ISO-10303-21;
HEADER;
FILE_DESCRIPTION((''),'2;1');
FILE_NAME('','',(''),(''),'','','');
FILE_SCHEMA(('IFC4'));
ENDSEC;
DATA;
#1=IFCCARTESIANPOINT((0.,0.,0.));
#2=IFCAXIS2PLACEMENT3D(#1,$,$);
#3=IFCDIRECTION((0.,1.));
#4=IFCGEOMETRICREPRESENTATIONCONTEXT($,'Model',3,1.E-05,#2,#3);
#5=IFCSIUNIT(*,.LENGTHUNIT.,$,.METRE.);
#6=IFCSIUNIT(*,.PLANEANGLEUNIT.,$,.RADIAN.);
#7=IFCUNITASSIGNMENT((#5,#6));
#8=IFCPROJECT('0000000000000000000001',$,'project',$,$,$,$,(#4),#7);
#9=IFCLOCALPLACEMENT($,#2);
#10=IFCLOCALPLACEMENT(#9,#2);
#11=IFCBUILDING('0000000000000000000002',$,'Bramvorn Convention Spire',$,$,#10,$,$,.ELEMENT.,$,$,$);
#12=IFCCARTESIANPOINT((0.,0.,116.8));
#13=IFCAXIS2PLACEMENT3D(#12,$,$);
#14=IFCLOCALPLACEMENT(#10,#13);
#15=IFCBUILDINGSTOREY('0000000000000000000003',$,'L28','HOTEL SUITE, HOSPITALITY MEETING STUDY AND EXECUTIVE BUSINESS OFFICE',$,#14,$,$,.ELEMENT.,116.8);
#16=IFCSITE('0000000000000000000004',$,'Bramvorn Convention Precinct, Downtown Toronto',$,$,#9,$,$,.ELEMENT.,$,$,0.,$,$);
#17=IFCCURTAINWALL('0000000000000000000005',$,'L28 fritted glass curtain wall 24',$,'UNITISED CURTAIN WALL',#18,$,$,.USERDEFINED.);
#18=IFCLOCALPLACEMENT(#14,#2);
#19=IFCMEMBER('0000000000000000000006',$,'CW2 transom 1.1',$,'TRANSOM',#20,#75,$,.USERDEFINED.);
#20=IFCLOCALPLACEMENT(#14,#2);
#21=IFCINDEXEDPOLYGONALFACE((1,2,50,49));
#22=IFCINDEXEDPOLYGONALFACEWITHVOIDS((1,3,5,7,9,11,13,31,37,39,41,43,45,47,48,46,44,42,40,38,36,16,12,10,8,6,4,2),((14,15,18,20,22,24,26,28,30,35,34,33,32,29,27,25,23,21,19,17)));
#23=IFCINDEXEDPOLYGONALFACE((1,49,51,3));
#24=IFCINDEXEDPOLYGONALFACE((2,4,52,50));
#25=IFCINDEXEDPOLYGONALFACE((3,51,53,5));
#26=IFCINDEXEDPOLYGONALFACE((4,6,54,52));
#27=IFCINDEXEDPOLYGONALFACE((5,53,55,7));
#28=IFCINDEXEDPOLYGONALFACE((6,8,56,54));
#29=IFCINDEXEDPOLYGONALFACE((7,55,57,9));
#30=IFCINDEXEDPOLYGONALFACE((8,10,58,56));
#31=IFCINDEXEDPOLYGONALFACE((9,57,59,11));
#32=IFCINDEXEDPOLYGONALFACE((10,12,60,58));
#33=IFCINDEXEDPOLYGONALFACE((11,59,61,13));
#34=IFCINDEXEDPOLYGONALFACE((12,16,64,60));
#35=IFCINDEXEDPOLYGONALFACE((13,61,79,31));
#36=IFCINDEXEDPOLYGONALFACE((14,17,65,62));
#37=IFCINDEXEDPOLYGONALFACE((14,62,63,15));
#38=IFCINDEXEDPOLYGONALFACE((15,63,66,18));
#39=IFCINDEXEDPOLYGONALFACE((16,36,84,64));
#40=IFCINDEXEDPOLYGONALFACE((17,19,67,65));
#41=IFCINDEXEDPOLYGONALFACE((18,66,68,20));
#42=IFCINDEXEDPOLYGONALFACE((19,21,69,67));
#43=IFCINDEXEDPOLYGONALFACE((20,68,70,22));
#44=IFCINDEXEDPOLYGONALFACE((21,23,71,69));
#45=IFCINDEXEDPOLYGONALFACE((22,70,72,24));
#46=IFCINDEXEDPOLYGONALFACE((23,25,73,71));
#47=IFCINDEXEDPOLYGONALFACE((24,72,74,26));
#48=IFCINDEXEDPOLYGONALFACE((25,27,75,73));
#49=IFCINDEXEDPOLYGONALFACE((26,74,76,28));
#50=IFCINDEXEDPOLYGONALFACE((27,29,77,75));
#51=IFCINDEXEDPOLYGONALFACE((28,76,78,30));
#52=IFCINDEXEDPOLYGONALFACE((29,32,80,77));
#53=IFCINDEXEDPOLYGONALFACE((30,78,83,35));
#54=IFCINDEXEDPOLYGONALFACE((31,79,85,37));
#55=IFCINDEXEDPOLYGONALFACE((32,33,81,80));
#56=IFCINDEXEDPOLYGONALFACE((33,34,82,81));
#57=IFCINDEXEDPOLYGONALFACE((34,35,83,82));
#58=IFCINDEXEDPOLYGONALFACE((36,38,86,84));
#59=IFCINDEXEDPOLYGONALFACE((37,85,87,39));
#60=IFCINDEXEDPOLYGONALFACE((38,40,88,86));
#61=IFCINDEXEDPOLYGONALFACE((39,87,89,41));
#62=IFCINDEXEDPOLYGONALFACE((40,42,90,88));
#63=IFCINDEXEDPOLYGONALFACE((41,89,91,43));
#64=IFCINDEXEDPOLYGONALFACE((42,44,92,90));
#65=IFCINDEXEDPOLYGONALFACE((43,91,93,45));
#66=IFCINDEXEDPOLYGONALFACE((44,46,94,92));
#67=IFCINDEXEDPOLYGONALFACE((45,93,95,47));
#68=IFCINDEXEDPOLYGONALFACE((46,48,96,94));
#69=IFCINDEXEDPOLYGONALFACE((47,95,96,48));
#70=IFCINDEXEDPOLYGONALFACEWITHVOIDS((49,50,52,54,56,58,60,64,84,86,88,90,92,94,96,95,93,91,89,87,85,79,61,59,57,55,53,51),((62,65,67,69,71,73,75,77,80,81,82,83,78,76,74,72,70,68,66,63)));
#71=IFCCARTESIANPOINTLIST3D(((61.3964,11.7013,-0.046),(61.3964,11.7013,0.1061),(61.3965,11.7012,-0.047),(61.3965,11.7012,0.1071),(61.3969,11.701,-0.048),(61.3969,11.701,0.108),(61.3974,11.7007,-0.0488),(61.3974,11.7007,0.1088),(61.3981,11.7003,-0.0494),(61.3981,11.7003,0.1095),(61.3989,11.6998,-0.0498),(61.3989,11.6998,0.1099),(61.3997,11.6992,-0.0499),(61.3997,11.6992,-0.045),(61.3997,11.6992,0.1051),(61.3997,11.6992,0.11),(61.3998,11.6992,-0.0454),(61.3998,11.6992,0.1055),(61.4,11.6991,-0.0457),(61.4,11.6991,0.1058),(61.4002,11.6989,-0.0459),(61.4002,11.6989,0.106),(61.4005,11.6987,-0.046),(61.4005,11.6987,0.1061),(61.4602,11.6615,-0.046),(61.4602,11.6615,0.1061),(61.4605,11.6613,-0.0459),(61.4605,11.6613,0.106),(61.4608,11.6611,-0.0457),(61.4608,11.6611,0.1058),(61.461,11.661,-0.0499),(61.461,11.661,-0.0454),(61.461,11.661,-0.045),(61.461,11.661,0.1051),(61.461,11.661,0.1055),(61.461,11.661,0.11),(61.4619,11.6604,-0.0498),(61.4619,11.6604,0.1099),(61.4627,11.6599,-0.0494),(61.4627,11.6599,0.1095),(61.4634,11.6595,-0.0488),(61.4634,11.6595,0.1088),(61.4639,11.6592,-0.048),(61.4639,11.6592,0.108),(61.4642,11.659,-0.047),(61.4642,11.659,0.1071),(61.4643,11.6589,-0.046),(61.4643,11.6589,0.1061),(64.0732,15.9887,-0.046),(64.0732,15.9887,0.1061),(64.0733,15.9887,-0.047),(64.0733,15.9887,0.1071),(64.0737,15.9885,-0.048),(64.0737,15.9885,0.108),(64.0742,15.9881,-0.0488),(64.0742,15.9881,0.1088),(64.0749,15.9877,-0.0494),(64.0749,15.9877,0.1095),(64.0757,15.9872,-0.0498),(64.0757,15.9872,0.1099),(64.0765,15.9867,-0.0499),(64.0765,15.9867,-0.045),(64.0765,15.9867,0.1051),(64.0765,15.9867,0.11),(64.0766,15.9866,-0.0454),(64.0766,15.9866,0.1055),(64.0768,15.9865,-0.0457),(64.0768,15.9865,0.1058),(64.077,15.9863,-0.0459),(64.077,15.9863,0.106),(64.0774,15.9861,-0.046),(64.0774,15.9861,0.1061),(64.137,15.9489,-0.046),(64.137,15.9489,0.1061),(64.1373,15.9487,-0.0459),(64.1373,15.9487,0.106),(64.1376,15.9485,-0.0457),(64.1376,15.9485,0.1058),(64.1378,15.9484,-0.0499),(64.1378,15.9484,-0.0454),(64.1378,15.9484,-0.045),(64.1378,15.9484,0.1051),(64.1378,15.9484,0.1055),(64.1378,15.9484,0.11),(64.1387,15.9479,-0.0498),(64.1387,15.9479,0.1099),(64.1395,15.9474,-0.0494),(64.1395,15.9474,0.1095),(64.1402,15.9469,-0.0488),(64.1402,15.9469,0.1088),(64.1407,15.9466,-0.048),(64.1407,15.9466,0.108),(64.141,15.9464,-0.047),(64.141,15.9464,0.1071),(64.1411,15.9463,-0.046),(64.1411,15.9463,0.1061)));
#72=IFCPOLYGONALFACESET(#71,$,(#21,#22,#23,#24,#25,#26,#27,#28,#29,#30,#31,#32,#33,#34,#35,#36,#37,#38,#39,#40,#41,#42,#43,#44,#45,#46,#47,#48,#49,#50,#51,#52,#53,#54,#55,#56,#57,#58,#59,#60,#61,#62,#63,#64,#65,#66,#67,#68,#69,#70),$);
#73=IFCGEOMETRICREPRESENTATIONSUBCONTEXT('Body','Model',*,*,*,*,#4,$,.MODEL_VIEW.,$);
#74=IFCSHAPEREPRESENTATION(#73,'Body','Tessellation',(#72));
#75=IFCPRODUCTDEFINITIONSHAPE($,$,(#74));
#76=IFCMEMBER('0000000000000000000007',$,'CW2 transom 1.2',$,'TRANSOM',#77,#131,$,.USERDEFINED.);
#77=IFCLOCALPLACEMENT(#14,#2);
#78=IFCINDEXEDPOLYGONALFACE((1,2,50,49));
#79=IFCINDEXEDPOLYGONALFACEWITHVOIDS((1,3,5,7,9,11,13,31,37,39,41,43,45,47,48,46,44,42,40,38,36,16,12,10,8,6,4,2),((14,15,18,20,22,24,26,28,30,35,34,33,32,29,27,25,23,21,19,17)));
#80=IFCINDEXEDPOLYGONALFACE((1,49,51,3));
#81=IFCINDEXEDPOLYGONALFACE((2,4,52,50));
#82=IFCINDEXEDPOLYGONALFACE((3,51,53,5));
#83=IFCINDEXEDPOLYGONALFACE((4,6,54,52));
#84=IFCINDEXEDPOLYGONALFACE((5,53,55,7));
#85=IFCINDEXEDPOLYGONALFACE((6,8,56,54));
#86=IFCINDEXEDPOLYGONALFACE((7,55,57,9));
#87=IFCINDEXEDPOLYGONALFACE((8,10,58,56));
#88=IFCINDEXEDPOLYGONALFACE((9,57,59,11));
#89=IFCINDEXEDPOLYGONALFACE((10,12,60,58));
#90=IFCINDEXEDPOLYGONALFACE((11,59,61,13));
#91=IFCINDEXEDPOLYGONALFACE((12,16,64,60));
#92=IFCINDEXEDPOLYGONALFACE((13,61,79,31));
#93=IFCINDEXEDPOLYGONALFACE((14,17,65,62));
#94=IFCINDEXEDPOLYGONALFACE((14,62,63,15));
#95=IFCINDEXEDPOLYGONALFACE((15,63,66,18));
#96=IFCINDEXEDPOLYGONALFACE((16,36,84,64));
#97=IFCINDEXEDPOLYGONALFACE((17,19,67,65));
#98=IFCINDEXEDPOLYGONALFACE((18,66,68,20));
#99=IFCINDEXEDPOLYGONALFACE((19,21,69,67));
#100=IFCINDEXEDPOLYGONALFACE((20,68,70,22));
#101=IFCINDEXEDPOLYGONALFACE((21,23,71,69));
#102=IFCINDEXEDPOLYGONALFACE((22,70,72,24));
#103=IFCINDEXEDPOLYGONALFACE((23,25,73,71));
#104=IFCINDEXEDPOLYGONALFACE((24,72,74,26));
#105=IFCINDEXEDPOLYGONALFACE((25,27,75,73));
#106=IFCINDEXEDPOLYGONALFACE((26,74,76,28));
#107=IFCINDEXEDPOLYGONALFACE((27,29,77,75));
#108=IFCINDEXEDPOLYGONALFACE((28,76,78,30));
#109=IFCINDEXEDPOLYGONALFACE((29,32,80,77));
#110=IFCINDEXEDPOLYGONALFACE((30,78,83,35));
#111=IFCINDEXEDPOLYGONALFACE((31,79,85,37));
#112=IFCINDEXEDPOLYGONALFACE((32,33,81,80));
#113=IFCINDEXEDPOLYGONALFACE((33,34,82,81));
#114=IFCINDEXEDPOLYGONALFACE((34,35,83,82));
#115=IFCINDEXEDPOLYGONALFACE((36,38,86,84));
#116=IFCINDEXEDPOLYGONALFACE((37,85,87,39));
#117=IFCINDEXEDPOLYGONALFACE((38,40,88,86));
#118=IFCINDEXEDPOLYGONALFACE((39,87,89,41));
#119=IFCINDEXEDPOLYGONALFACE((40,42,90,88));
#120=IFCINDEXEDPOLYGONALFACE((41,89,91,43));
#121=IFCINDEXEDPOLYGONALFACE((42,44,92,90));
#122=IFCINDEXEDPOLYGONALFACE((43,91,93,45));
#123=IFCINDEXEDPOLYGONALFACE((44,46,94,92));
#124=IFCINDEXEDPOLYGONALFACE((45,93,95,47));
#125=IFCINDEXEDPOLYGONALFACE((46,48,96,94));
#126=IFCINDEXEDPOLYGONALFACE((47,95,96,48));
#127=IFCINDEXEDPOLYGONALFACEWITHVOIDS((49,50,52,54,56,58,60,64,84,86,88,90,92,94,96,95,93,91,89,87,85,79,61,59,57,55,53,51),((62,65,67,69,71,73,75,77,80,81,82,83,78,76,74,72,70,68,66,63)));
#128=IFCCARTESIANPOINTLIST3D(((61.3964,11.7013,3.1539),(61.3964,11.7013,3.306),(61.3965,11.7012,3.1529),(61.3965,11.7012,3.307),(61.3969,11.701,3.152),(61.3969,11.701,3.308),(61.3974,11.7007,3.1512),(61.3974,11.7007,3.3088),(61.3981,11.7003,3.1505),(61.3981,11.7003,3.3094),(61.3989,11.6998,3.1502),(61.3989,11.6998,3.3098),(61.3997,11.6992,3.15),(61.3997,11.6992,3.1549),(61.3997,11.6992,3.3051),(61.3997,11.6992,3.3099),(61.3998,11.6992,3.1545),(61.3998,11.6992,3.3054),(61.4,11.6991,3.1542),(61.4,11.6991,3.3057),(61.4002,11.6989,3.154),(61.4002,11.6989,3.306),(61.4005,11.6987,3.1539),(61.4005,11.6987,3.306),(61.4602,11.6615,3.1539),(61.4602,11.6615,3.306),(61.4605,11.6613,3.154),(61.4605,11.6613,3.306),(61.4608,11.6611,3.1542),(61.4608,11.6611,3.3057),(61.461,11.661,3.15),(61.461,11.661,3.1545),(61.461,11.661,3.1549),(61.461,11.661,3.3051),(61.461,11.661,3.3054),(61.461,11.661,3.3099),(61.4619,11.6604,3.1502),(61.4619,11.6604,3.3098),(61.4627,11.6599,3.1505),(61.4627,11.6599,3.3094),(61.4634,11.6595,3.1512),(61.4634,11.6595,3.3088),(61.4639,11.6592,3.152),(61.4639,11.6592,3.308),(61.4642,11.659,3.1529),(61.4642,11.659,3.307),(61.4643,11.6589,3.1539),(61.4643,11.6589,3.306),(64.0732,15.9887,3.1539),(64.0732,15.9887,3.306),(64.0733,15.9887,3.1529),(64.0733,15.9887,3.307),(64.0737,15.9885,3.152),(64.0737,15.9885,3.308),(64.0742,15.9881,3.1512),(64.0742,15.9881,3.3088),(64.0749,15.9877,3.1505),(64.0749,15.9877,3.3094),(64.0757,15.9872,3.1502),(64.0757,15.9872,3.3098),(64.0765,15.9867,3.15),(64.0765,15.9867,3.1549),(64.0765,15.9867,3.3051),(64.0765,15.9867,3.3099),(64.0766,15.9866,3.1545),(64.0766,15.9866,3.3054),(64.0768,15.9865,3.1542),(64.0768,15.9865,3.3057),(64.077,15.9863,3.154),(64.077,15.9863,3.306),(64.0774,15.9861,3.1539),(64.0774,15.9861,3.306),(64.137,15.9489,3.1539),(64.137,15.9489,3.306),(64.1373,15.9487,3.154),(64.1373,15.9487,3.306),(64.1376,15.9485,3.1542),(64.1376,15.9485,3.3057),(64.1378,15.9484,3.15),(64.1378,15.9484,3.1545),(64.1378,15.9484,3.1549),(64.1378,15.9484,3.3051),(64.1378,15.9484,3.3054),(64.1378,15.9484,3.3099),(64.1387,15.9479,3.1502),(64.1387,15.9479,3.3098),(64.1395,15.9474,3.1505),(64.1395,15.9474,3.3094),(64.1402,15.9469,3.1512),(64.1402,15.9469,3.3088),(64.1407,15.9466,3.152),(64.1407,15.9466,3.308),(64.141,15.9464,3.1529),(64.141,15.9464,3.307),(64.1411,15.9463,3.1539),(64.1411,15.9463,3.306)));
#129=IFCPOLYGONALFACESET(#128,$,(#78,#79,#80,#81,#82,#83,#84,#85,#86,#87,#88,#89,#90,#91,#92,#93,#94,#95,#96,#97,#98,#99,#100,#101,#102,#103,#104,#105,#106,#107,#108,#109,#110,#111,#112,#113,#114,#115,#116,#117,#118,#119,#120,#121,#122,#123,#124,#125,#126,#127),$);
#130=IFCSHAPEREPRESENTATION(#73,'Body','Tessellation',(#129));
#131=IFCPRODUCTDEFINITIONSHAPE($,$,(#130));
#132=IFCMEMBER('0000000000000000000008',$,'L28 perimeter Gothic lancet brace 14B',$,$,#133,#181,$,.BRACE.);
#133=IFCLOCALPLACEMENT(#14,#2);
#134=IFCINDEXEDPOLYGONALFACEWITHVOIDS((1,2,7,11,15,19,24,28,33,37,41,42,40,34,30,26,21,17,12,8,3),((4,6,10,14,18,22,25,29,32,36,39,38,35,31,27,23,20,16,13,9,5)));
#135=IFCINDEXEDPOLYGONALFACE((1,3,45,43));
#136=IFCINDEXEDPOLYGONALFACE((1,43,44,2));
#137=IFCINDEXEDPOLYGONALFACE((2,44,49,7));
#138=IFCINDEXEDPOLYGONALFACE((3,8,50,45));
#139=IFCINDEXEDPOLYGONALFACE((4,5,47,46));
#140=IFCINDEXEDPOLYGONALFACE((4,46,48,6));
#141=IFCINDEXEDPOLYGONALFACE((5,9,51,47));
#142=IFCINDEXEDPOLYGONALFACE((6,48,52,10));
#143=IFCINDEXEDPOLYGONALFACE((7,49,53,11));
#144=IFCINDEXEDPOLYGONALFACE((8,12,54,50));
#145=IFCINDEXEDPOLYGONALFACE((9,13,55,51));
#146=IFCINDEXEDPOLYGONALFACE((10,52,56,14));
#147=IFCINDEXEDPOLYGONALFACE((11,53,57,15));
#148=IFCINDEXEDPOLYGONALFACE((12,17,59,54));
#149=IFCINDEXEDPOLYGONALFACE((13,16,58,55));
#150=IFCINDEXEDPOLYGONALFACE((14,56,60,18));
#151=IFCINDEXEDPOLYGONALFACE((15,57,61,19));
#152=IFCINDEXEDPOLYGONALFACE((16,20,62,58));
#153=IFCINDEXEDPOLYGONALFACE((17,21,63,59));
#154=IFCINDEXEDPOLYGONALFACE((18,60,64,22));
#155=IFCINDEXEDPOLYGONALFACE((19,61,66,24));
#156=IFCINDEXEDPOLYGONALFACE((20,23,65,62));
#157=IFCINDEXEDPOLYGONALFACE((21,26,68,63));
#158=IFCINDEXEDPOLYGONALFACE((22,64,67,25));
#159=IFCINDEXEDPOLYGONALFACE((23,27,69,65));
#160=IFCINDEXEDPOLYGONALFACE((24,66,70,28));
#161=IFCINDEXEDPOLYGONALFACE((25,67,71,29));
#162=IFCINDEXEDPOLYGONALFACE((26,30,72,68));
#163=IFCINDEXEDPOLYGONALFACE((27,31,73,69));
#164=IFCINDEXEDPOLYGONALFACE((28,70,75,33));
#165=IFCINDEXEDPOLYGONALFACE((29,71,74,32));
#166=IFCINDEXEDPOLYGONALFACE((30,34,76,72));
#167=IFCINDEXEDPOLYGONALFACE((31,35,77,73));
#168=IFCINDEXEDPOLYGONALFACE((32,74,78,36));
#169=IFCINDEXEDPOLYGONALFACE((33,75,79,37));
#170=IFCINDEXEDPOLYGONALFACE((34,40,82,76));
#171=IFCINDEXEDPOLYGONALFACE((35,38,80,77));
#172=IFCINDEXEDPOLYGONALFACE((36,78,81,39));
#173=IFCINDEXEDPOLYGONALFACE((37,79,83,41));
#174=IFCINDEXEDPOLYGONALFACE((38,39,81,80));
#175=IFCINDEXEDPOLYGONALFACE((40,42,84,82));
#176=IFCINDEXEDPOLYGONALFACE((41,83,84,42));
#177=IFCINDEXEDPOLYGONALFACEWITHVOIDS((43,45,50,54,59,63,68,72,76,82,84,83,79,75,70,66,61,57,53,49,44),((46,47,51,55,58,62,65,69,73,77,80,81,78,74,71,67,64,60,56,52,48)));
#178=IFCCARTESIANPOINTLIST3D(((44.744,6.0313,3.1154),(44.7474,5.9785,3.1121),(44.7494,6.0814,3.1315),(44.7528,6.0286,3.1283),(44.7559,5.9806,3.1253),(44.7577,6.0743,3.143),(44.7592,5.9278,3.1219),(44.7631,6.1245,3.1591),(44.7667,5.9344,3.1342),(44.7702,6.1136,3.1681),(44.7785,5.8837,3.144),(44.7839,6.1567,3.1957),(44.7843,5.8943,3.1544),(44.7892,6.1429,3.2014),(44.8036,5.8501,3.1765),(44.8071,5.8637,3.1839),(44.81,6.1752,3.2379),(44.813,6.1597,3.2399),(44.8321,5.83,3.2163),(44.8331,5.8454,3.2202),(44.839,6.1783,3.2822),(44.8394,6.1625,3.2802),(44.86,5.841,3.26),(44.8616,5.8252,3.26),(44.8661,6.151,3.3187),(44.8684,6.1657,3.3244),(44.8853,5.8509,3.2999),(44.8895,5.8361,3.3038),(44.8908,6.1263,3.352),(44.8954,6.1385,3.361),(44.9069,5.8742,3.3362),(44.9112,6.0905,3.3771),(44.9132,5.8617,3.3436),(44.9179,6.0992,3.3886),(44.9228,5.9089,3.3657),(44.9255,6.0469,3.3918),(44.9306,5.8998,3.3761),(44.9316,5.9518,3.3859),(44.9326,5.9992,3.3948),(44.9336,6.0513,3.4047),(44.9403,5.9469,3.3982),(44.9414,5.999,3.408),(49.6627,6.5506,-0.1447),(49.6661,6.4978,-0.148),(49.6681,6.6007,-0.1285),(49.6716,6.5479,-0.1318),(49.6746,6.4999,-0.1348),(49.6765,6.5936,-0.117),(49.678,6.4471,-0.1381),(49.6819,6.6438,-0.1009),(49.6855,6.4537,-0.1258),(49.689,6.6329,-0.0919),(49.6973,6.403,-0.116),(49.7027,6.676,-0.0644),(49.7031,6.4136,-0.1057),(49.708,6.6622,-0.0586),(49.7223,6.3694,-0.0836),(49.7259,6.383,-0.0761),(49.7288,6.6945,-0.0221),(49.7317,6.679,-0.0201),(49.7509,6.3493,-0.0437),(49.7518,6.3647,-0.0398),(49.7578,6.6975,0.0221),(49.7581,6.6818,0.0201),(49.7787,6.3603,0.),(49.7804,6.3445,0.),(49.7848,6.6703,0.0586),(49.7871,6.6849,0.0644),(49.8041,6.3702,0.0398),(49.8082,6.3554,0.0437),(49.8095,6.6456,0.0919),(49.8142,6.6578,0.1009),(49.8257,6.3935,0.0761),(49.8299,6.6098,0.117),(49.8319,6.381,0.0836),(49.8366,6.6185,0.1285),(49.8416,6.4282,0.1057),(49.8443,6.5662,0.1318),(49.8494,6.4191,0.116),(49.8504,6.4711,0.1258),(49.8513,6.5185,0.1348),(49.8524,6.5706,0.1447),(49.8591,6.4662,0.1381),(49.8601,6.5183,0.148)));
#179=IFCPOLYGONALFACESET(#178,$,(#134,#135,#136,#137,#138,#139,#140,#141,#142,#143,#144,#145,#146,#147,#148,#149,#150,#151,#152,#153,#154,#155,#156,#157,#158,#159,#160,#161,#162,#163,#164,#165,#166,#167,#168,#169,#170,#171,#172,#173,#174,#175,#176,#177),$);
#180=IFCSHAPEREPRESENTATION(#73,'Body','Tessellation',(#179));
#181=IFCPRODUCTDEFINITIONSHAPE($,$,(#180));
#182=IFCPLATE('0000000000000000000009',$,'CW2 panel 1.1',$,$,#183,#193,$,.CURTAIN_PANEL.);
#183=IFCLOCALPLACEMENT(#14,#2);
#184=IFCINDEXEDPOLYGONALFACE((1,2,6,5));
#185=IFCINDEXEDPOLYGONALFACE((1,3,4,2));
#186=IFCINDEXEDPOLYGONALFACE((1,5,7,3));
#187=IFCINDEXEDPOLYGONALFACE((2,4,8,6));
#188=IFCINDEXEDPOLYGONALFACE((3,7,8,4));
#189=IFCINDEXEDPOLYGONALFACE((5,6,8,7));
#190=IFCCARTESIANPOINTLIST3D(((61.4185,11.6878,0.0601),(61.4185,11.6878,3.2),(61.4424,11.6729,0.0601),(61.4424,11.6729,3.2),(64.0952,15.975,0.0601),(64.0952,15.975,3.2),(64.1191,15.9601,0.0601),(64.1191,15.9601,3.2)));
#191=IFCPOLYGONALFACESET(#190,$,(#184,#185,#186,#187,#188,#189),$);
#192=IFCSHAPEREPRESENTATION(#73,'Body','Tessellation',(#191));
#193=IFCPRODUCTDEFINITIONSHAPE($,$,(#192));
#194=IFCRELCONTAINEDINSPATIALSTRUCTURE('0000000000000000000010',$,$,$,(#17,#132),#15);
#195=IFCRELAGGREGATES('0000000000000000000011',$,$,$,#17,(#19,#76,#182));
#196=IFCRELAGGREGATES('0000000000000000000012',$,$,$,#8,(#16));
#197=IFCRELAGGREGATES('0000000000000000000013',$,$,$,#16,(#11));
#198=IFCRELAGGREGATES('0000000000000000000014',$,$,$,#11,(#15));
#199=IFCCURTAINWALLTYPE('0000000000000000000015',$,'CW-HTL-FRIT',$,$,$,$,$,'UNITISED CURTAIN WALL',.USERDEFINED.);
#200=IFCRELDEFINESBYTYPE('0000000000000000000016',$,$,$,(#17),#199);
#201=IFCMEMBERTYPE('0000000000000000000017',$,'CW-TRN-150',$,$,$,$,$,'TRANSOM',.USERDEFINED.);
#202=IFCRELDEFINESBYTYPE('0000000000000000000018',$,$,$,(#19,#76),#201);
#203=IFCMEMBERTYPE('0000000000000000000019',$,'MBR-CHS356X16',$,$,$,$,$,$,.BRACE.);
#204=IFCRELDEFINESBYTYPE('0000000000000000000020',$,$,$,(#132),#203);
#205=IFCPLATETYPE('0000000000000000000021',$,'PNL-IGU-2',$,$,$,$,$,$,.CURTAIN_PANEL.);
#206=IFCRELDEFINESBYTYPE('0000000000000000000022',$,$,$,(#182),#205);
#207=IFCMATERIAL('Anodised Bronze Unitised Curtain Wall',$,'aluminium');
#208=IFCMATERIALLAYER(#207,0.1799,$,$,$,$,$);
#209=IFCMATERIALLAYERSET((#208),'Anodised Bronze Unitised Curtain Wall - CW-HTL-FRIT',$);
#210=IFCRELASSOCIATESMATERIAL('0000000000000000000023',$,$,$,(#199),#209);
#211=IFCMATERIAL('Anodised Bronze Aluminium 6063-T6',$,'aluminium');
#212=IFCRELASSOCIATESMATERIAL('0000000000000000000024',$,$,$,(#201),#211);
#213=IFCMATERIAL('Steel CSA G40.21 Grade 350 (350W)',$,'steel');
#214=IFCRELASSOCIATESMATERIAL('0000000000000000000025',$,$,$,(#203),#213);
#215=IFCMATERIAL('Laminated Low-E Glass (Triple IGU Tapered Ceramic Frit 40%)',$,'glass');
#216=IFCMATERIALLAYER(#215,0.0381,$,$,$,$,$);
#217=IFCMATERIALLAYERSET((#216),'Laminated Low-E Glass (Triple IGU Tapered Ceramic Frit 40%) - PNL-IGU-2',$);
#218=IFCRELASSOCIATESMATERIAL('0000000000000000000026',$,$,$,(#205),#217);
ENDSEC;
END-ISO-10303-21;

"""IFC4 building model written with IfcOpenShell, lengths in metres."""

from ifc_helpers import new_model, si_unit, direction, frame, origin, origin_2d, place, context, subcontext, project, spatial, rectangle, hollow_rectangle, hollow_circle, extrude, material, layer, layer_set, material_profile, profile_set, type_object, element, aggregate, save


model = new_model("IFC4")

# Units and contexts
model_context = context("Model", 3, precision=1e-05, world=origin(), true_north=direction((0.0, 1.0)))
body_context = subcontext(model_context, "Body", "Model", "MODEL_VIEW")
ifc_project = project(units=[si_unit("LENGTHUNIT", "METRE"), si_unit("PLANEANGLEUNIT", "RADIAN")], contexts=[model_context])

# Site, building, storey
site_placement = place(None, origin())
site = spatial("IfcSite", under=ifc_project, at=site_placement, Name="Bramvorn Convention Precinct, Downtown Toronto", CompositionType="ELEMENT", RefElevation=0.0)
building_placement = place(site_placement, origin())
building = spatial("IfcBuilding", under=site, at=building_placement, Name="Bramvorn Convention Spire", CompositionType="ELEMENT")
storey_placement = place(building_placement, frame((0.0, 0.0, 116.8)))
storey = spatial("IfcBuildingStorey", under=building, at=storey_placement, Name="L28", Description="HOTEL SUITE, HOSPITALITY MEETING STUDY AND EXECUTIVE BUSINESS OFFICE", CompositionType="ELEMENT", Elevation=116.8)

# Shared definitions
ifc_material_1 = material(Name="Steel CSA G40.21 Grade 350 (350W)", Category="steel")

# Shared definitions
ifc_material_2 = material(Name="Anodised Bronze Unitised Curtain Wall", Category="aluminium")
ifc_layer_1 = layer(ifc_material_2, 0.1799)
ifc_layer_set_1 = layer_set([ifc_layer_1], Name="Anodised Bronze Unitised Curtain Wall - CW-HTL-FRIT")
curtain_wall_type = type_object("IfcCurtainWallType", Name="CW-HTL-FRIT", ElementType="UNITISED CURTAIN WALL", PredefinedType="USERDEFINED", material=ifc_layer_set_1)
ifc_material_3 = material(Name="Anodised Bronze Aluminium 6063-T6", Category="aluminium")

# Curtain wall, members
curtain_wall_1_placement = place(storey_placement, origin())
curtain_wall_1 = element("IfcCurtainWall", 1, at=curtain_wall_1_placement, inside=storey, type_object=curtain_wall_type, Name="L28 fritted glass curtain wall 24", ObjectType="UNITISED CURTAIN WALL", PredefinedType="USERDEFINED")
ifc_material_profile_1 = material_profile(ifc_material_3, hollow_rectangle(XDim=0.0801, YDim=0.1599, WallThickness=0.0039, InnerFilletRadius=0.001, OuterFilletRadius=0.0039, at=origin_2d()))
ifc_profile_set_1 = profile_set([ifc_material_profile_1], Name="Anodised Bronze Aluminium 6063-T6 - CWT80X160")
member_type_1 = type_object("IfcMemberType", Name="CW-TRN-150", ElementType="TRANSOM", PredefinedType="USERDEFINED", material=ifc_profile_set_1)
member_1_placement = place(storey_placement, frame((64.1072, 15.9675, 0.03), z_axis=(-0.529595, -0.848251, 0.0), x_axis=(0.848251, -0.529595, 0.0)))
member_1 = element("IfcMember", 2, at=member_1_placement, type_object=member_type_1, Name="CW2 transom 1.1", ObjectType="TRANSOM", PredefinedType="USERDEFINED", context=body_context, shape_type="SweptSolid", body=[
    extrude(hollow_rectangle(XDim=0.0801, YDim=0.1599, WallThickness=0.0039, InnerFilletRadius=0.001, OuterFilletRadius=0.0039, at=origin_2d()), origin(), (0.0, 0.0, 1.0), 5.0544),
])
member_2_placement = place(storey_placement, frame((64.1072, 15.9675, 3.23), z_axis=(-0.529595, -0.848251, 0.0), x_axis=(0.848251, -0.529595, 0.0)))
member_2 = element("IfcMember", 3, at=member_2_placement, type_object=member_type_1, Name="CW2 transom 1.2", ObjectType="TRANSOM", PredefinedType="USERDEFINED", context=body_context, shape_type="SweptSolid", body=[
    extrude(hollow_rectangle(XDim=0.0801, YDim=0.1599, WallThickness=0.0039, InnerFilletRadius=0.001, OuterFilletRadius=0.0039, at=origin_2d()), origin(), (0.0, 0.0, 1.0), 5.0544),
])

# Member
ifc_material_profile_2 = material_profile(ifc_material_1, hollow_circle(Radius=0.1777, WallThickness=0.0159, at=origin_2d()))
ifc_profile_set_2 = profile_set([ifc_material_profile_2], Name="Steel CSA G40.21 Grade 350 (350W) - CHS356X16")
member_type_2 = type_object("IfcMemberType", Name="MBR-CHS356X16", PredefinedType="BRACE", material=ifc_profile_set_2)
member_3_placement = place(storey_placement, frame((49.7617, 6.5212, 0.0), z_axis=(-0.830334, -0.087662, 0.550328), x_axis=(0.104991, -0.994473, 0.0)))
element("IfcMember", 4, at=member_3_placement, inside=storey, type_object=member_type_2, Name="L28 perimeter Gothic lancet brace 14B", PredefinedType="BRACE", context=body_context, shape_type="SweptSolid", body=[
    extrude(hollow_circle(Radius=0.1777, WallThickness=0.0159, at=origin_2d()), origin(), (0.0, 0.0, 1.0), 5.9238),
])

# Plate
ifc_material_4 = material(Name="Laminated Low-E Glass (Triple IGU Tapered Ceramic Frit 40%)", Category="glass")
ifc_layer_2 = layer(ifc_material_4, 0.0381)
ifc_layer_set_2 = layer_set([ifc_layer_2], Name="Laminated Low-E Glass (Triple IGU Tapered Ceramic Frit 40%) - PNL-IGU-2")
plate_type = type_object("IfcPlateType", Name="PNL-IGU-2", PredefinedType="CURTAIN_PANEL", material=ifc_layer_set_2)
plate_placement = place(storey_placement, frame((62.7688, 13.824, 0.0601), z_axis=(0.0, 0.0, 1.0), x_axis=(-0.529598, -0.848249, 0.0)))
plate = element("IfcPlate", 5, at=plate_placement, type_object=plate_type, Name="CW2 panel 1.1", PredefinedType="CURTAIN_PANEL", context=body_context, shape_type="SweptSolid", body=[
    extrude(rectangle(XDim=5.0542, YDim=0.0281, at=origin_2d()), origin(), (0.0, 0.0, 1.0), 3.1399),
])
aggregate(curtain_wall_1, [member_1, member_2, plate])

save(model, "model.ifc")
